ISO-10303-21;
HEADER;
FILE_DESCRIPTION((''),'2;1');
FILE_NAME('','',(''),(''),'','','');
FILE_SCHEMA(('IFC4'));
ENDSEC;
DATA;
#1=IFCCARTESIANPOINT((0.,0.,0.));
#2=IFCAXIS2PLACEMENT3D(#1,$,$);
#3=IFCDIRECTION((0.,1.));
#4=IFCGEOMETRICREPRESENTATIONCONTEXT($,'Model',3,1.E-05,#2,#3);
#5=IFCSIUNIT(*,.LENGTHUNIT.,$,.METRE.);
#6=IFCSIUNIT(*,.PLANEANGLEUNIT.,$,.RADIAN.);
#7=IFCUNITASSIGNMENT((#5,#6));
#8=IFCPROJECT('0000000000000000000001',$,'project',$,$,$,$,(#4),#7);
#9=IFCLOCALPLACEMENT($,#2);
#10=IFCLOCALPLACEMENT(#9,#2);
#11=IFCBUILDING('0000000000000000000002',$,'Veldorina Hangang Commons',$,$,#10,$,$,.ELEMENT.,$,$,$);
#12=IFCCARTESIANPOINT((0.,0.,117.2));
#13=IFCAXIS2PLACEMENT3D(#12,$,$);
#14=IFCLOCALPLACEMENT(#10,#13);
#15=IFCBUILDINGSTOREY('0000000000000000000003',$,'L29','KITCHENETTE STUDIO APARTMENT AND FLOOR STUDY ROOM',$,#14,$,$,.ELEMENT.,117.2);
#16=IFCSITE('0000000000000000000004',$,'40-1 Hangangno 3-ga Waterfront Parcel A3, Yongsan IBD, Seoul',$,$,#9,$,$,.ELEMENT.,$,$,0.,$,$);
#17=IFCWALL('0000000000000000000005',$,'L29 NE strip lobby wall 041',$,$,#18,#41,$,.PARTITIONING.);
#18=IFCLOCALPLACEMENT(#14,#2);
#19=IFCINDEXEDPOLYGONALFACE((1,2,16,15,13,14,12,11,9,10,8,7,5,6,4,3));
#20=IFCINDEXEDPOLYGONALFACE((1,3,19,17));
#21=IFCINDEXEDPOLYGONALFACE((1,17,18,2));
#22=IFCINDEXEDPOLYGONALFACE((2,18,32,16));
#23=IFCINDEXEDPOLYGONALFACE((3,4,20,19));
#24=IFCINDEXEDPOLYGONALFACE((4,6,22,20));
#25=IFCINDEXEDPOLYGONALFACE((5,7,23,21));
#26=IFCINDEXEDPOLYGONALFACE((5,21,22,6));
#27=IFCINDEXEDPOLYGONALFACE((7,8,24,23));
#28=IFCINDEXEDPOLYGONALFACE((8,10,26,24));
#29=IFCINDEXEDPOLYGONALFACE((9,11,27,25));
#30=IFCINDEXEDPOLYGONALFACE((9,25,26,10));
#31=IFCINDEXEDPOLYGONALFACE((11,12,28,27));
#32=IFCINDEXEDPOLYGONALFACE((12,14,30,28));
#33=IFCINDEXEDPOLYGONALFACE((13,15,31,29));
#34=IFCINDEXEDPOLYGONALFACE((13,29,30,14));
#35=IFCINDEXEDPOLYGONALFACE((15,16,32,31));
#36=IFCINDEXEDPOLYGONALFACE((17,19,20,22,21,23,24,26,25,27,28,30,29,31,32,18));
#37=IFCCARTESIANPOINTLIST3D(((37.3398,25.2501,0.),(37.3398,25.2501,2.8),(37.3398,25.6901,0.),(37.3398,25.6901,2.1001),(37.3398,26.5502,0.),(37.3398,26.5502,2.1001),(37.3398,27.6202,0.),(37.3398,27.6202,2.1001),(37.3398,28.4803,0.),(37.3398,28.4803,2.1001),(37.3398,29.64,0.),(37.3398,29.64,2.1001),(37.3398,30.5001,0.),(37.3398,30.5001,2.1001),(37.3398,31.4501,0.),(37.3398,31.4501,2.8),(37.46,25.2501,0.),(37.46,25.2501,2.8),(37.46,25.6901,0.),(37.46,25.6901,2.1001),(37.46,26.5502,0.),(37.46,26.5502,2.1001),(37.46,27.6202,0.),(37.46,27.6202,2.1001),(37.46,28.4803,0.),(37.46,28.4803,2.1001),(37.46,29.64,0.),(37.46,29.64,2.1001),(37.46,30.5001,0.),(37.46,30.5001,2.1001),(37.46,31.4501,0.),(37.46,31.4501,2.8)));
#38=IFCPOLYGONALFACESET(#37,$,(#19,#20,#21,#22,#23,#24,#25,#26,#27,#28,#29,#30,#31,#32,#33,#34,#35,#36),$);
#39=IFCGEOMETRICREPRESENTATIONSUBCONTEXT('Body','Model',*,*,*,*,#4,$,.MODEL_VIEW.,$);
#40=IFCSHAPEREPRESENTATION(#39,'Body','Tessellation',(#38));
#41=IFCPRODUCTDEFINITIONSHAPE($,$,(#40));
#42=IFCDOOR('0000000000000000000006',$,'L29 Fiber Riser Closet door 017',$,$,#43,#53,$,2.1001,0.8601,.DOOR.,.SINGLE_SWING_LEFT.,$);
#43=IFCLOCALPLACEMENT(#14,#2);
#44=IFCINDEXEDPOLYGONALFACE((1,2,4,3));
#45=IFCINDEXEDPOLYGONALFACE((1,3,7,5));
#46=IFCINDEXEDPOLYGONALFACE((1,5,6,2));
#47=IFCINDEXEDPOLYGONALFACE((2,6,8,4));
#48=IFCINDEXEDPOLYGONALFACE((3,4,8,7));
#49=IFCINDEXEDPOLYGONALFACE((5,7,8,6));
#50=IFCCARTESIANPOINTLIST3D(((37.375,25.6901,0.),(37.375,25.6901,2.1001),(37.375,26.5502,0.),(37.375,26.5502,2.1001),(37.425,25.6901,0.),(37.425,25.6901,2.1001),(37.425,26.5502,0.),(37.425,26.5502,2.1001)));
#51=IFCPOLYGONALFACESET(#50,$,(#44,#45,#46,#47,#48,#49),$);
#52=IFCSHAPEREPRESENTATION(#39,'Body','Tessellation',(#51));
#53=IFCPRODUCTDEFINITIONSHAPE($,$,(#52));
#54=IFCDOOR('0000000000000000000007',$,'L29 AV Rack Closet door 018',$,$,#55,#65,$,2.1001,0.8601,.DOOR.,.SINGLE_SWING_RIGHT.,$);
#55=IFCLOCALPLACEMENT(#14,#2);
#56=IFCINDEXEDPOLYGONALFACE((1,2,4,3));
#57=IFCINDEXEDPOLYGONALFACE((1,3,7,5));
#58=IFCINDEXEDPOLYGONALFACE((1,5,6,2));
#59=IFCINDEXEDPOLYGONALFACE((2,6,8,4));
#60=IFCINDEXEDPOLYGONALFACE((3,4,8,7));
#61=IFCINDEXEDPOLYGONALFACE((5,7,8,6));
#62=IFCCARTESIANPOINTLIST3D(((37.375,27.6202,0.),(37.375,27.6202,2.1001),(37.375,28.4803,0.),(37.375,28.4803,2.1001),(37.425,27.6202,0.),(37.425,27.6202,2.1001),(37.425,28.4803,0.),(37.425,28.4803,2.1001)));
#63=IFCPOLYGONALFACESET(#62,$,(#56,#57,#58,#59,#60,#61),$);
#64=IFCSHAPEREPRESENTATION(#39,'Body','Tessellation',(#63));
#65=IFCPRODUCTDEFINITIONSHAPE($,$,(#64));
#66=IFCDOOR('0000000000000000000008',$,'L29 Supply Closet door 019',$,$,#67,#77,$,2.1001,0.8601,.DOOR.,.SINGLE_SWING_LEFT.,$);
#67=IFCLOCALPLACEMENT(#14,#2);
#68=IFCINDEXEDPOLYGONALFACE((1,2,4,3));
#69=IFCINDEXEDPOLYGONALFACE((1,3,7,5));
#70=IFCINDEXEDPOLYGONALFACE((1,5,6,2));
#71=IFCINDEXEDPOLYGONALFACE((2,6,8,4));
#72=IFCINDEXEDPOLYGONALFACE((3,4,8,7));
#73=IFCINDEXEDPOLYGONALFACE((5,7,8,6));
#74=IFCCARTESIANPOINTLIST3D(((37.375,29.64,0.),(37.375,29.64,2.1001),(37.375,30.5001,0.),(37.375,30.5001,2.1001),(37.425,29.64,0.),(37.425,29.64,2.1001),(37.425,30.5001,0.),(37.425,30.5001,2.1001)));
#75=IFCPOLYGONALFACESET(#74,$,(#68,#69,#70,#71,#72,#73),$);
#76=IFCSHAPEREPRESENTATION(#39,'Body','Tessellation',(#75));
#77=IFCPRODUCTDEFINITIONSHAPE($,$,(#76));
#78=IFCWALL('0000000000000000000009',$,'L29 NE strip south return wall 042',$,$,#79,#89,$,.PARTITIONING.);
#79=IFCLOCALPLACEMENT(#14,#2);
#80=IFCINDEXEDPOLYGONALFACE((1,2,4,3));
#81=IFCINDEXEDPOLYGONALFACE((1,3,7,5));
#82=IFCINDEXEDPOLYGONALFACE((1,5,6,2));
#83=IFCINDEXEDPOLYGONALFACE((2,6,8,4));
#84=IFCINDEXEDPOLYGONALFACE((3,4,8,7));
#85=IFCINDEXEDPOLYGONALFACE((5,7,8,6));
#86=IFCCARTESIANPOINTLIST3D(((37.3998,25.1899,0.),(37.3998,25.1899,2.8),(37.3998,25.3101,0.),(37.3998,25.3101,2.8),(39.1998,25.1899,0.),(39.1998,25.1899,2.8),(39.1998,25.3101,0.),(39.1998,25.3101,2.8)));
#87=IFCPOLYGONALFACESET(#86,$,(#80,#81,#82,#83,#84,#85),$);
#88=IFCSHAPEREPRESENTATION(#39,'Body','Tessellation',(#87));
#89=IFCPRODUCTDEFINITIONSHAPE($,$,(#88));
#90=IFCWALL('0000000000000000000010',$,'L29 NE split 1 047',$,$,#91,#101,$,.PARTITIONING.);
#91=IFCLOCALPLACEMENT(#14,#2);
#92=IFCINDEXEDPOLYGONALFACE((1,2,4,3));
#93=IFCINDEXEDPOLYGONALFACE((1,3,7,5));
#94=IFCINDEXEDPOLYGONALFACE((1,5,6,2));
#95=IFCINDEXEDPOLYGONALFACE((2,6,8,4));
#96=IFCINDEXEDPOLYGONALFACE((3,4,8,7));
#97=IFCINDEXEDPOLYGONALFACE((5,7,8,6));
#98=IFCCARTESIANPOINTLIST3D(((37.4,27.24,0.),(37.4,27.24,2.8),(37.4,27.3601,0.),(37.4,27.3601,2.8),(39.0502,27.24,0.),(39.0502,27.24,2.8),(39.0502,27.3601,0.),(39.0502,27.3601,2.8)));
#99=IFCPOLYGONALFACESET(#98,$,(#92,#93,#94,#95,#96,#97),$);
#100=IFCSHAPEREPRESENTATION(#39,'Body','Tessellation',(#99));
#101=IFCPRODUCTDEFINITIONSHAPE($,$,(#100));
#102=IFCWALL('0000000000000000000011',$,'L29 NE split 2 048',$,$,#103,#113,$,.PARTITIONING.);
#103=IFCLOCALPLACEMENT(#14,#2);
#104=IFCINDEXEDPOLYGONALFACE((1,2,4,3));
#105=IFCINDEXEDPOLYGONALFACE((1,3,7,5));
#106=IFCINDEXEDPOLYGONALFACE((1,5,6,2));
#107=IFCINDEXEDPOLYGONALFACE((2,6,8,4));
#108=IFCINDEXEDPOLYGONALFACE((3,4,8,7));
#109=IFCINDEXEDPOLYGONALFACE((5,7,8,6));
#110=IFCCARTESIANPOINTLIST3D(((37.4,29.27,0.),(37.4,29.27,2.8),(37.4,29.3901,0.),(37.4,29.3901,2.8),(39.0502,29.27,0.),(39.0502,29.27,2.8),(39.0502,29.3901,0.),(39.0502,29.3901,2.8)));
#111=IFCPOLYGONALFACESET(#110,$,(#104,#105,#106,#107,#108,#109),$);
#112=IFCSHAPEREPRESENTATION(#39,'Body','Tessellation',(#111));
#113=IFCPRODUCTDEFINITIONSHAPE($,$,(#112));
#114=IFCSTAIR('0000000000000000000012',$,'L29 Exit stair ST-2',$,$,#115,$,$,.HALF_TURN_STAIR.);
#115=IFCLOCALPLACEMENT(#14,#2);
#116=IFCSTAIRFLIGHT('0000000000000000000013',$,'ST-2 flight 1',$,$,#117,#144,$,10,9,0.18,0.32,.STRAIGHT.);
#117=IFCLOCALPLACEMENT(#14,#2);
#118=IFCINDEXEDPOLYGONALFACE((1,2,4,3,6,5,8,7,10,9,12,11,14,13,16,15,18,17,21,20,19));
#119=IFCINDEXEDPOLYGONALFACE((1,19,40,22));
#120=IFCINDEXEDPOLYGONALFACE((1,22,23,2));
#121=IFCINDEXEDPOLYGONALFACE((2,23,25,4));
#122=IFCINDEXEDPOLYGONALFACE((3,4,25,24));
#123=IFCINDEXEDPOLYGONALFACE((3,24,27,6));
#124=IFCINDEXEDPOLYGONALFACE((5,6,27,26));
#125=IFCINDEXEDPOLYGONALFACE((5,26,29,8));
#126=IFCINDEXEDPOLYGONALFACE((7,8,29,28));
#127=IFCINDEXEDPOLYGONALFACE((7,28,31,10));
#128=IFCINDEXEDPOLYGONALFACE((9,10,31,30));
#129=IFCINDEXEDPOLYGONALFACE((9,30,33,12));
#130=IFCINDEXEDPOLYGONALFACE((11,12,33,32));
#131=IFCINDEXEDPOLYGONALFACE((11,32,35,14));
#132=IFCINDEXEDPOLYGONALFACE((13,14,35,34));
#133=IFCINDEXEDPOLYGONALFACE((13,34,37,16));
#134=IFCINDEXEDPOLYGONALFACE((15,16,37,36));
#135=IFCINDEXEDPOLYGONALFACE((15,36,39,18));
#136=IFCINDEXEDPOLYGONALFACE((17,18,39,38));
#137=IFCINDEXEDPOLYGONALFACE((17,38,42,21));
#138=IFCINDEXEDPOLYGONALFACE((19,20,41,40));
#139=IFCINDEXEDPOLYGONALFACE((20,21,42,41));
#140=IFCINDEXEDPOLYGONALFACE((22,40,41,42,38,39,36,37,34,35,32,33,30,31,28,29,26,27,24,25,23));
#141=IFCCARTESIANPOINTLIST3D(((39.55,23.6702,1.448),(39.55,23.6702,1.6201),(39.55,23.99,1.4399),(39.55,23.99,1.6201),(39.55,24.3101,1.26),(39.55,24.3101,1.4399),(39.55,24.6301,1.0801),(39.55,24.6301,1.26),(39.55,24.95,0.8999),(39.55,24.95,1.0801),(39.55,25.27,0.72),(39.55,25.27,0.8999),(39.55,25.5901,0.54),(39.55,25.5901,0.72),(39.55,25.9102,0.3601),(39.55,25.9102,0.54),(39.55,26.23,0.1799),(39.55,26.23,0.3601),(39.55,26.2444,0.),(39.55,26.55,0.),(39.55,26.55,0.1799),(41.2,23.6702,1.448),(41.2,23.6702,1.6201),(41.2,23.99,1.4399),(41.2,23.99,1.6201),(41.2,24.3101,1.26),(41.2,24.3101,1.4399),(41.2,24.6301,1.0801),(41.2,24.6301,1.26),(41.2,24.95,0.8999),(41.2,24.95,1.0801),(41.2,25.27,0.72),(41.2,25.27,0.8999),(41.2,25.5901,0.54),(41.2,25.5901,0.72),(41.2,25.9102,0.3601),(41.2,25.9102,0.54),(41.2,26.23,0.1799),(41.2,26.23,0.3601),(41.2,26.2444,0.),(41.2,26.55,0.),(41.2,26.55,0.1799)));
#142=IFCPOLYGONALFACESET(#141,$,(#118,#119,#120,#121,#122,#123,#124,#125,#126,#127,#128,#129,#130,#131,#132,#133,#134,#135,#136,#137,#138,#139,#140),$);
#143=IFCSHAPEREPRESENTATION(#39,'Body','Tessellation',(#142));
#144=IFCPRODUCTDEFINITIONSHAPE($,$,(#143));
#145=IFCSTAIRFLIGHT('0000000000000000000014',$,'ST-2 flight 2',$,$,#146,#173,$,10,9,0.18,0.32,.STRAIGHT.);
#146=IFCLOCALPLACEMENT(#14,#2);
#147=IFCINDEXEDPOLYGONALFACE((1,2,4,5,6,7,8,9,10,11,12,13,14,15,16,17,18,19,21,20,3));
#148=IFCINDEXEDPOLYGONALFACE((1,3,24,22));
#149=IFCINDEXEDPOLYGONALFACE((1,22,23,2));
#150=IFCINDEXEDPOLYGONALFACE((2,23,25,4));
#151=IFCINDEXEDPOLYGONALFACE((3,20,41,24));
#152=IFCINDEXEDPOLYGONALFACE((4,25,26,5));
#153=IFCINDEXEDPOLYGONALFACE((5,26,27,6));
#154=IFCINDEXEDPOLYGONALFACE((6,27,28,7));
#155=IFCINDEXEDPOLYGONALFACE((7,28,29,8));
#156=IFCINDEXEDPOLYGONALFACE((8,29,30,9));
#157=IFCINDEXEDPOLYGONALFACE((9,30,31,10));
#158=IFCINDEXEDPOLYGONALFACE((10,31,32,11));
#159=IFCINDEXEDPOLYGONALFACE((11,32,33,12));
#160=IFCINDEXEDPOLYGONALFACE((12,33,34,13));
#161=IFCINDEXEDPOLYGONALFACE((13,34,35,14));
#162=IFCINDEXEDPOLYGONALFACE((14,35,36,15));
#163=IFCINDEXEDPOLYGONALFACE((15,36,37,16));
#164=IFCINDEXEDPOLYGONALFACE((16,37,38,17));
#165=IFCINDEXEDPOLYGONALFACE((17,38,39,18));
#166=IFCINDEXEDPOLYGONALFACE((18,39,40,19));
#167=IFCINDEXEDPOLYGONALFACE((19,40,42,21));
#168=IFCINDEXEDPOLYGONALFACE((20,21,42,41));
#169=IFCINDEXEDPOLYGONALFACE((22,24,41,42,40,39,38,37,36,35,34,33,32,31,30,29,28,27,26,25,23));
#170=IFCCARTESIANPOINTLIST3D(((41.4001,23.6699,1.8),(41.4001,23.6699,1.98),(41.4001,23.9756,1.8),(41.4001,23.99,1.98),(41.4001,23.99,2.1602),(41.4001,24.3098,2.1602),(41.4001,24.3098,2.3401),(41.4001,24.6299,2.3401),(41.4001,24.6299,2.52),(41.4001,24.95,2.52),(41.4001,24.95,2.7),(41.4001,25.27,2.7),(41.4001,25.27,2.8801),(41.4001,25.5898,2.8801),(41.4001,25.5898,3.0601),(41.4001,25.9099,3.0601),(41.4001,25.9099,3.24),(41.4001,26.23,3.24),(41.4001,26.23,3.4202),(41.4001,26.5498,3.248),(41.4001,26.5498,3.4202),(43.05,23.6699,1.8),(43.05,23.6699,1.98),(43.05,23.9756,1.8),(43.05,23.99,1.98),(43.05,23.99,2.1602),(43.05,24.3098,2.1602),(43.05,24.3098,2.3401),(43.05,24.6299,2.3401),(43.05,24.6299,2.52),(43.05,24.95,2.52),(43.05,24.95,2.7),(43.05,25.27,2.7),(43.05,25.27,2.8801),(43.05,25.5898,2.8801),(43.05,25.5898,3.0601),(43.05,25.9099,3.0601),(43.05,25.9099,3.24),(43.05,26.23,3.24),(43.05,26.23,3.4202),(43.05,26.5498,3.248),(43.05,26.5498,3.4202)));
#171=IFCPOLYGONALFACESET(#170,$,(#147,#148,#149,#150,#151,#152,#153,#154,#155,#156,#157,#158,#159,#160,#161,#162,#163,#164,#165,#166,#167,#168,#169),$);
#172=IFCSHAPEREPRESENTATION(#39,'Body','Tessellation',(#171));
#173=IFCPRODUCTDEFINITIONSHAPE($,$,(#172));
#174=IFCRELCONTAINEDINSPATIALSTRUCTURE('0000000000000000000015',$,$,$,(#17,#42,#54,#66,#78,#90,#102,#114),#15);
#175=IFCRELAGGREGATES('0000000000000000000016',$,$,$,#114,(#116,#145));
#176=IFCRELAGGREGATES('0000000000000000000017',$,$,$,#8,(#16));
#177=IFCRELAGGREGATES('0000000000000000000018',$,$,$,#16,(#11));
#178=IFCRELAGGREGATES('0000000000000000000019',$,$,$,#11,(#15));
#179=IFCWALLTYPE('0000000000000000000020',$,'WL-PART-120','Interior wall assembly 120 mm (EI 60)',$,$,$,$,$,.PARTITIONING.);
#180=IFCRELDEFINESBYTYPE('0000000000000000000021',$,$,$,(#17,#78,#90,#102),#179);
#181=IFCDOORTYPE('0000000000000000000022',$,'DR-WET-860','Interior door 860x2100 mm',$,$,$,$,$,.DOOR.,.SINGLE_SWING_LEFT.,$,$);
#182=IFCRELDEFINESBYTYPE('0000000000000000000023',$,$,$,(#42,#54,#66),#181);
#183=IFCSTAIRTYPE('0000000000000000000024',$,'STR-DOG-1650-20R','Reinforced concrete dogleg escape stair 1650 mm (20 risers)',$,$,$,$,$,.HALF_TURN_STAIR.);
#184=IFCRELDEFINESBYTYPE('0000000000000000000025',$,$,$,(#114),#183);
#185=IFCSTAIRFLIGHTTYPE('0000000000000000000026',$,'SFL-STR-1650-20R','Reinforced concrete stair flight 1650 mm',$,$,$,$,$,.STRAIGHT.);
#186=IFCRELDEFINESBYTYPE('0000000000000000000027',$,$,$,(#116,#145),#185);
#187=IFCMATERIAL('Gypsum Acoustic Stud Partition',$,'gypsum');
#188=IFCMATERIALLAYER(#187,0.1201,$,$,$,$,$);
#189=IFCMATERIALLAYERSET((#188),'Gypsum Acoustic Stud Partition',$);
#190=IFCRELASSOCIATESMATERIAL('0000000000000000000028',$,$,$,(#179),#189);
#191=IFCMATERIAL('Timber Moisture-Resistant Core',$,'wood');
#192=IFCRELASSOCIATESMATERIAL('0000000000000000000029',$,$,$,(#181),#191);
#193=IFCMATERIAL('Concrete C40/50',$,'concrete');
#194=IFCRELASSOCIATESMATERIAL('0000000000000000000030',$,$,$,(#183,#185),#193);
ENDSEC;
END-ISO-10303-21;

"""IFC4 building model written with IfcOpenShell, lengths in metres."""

from ifc_helpers import new_model, si_unit, direction, frame, frame_2d, origin, place, context, subcontext, project, spatial, polyline, rectangle, outline, extrude, material, layer, layer_set, type_object, element, fill, aggregate, save


model = new_model("IFC4")

# Units and contexts
model_context = context("Model", 3, precision=1e-05, world=origin(), true_north=direction((0.0, 1.0)))
body_context = subcontext(model_context, "Body", "Model", "MODEL_VIEW")
ifc_project = project(units=[si_unit("LENGTHUNIT", "METRE"), si_unit("PLANEANGLEUNIT", "RADIAN")], contexts=[model_context])

# Site, building, storey
site_placement = place(None, origin())
site = spatial("IfcSite", under=ifc_project, at=site_placement, Name="40-1 Hangangno 3-ga Waterfront Parcel A3, Yongsan IBD, Seoul", CompositionType="ELEMENT", RefElevation=0.0)
building_placement = place(site_placement, origin())
building = spatial("IfcBuilding", under=site, at=building_placement, Name="Veldorina Hangang Commons", CompositionType="ELEMENT")
storey_placement = place(building_placement, frame((0.0, 0.0, 117.2)))
storey = spatial("IfcBuildingStorey", under=building, at=storey_placement, Name="L29", Description="KITCHENETTE STUDIO APARTMENT AND FLOOR STUDY ROOM", CompositionType="ELEMENT", Elevation=117.2)

# Shared definitions
ifc_material_1 = material(Name="Gypsum Acoustic Stud Partition", Category="gypsum")
ifc_layer_1 = layer(ifc_material_1, 0.1201)
ifc_layer_set_1 = layer_set([ifc_layer_1], Name="Gypsum Acoustic Stud Partition")
wall_type_1 = type_object("IfcWallType", Name="WL-PART-120", Description="Interior wall assembly 120 mm (EI 60)", PredefinedType="PARTITIONING", material=ifc_layer_set_1)

# Wall, openings, doors
wall_1_placement = place(storey_placement, frame((37.3999, 25.25, 0.0), z_axis=(0.0, 0.0, 1.0), x_axis=(0.0, 1.0, 0.0)))
wall_1 = element("IfcWall", 1, at=wall_1_placement, inside=storey, type_object=wall_type_1, Name="L29 NE strip lobby wall 041", PredefinedType="PARTITIONING", context=body_context, shape_type="SweptSolid", body=[
    extrude(rectangle(XDim=6.2, YDim=0.1201, at=frame_2d((3.1001, 0.0))), origin(), (0.0, 0.0, 1.0), 2.8),
])
opening_1_placement = place(wall_1_placement, frame((0.4399, 0.0, 0.0)))
opening_1 = element("IfcOpeningElement", 2, at=opening_1_placement, cuts=wall_1, PredefinedType="OPENING", context=body_context, shape_type="SweptSolid", body=[
    extrude(rectangle(XDim=0.8601, YDim=2.1001, at=frame_2d((0.4302, 1.05))), frame((0.0, 0.0701, 0.0), z_axis=(0.0, -1.0, 0.0), x_axis=(1.0, 0.0, 0.0)), (0.0, 0.0, 1.0), 0.1401),
])
opening_2_placement = place(wall_1_placement, frame((2.3701, 0.0, 0.0)))
opening_2 = element("IfcOpeningElement", 3, at=opening_2_placement, cuts=wall_1, PredefinedType="OPENING", context=body_context, shape_type="SweptSolid", body=[
    extrude(rectangle(XDim=0.8601, YDim=2.1001, at=frame_2d((0.4302, 1.05))), frame((0.0, 0.0701, 0.0), z_axis=(0.0, -1.0, 0.0), x_axis=(1.0, 0.0, 0.0)), (0.0, 0.0, 1.0), 0.1401),
])
opening_3_placement = place(wall_1_placement, frame((4.3899, 0.0, 0.0)))
opening_3 = element("IfcOpeningElement", 4, at=opening_3_placement, cuts=wall_1, PredefinedType="OPENING", context=body_context, shape_type="SweptSolid", body=[
    extrude(rectangle(XDim=0.8601, YDim=2.1001, at=frame_2d((0.4302, 1.05))), frame((0.0, 0.0701, 0.0), z_axis=(0.0, -1.0, 0.0), x_axis=(1.0, 0.0, 0.0)), (0.0, 0.0, 1.0), 0.1401),
])
ifc_material_2 = material(Name="Timber Moisture-Resistant Core", Category="wood")
door_type_1 = type_object("IfcDoorType", Name="DR-WET-860", Description="Interior door 860x2100 mm", OperationType="SINGLE_SWING_LEFT", PredefinedType="DOOR", material=ifc_material_2)
door_1_placement = place(opening_1_placement, origin())
door_1 = element("IfcDoor", 5, at=door_1_placement, inside=storey, type_object=door_type_1, Name="L29 Fiber Riser Closet door 017", OperationType="SINGLE_SWING_LEFT", OverallHeight=2.1001, OverallWidth=0.8601, PredefinedType="DOOR", context=body_context, shape_type="SweptSolid", body=[
    extrude(rectangle(XDim=0.8601, YDim=2.1001, at=frame_2d((0.4302, 1.05))), frame((0.0, 0.0249, 0.0), z_axis=(0.0, -1.0, 0.0), x_axis=(1.0, 0.0, 0.0)), (0.0, 0.0, 1.0), 0.05),
])
fill(opening_1, door_1)
door_2_placement = place(opening_2_placement, origin())
door_2 = element("IfcDoor", 6, at=door_2_placement, inside=storey, type_object=door_type_1, Name="L29 AV Rack Closet door 018", OperationType="SINGLE_SWING_RIGHT", OverallHeight=2.1001, OverallWidth=0.8601, PredefinedType="DOOR", context=body_context, shape_type="SweptSolid", body=[
    extrude(rectangle(XDim=0.8601, YDim=2.1001, at=frame_2d((0.4302, 1.05))), frame((0.0, 0.0249, 0.0), z_axis=(0.0, -1.0, 0.0), x_axis=(1.0, 0.0, 0.0)), (0.0, 0.0, 1.0), 0.05),
])
fill(opening_2, door_2)
door_3_placement = place(opening_3_placement, origin())
door_3 = element("IfcDoor", 7, at=door_3_placement, inside=storey, type_object=door_type_1, Name="L29 Supply Closet door 019", OperationType="SINGLE_SWING_LEFT", OverallHeight=2.1001, OverallWidth=0.8601, PredefinedType="DOOR", context=body_context, shape_type="SweptSolid", body=[
    extrude(rectangle(XDim=0.8601, YDim=2.1001, at=frame_2d((0.4302, 1.05))), frame((0.0, 0.0249, 0.0), z_axis=(0.0, -1.0, 0.0), x_axis=(1.0, 0.0, 0.0)), (0.0, 0.0, 1.0), 0.05),
])
fill(opening_3, door_3)

# Walls
wall_2_placement = place(storey_placement, frame((37.3999, 25.25, 0.0), z_axis=(0.0, 0.0, 1.0), x_axis=(1.0, 0.0, 0.0)))
element("IfcWall", 8, at=wall_2_placement, inside=storey, type_object=wall_type_1, Name="L29 NE strip south return wall 042", PredefinedType="PARTITIONING", context=body_context, shape_type="SweptSolid", body=[
    extrude(rectangle(XDim=1.8, YDim=0.1201, at=frame_2d((0.8999, 0.0))), origin(), (0.0, 0.0, 1.0), 2.8),
])
for number, where, z_axis, x_axis, name in (
    (9, (37.3999, 27.3, 0.0), (0.0, 0.0, 1.0), (1.0, 0.0, 0.0), "L29 NE split 1 047"),
    (10, (37.3999, 29.3301, 0.0), (0.0, 0.0, 1.0), (1.0, 0.0, 0.0), "L29 NE split 2 048"),
):
    element("IfcWall", number, at=place(storey_placement, frame(where, z_axis=z_axis, x_axis=x_axis)), inside=storey, type_object=wall_type_1, Name=name, PredefinedType="PARTITIONING", context=body_context, shape_type="SweptSolid", body=[
        extrude(rectangle(XDim=1.6501, YDim=0.1201, at=frame_2d((0.8252, 0.0))), origin(), (0.0, 0.0, 1.0), 2.8),
    ])

# Stair, stair flights
ifc_material_3 = material(Name="Concrete C40/50", Category="concrete")
stair_type = type_object("IfcStairType", Name="STR-DOG-1650-20R", Description="Reinforced concrete dogleg escape stair 1650 mm (20 risers)", PredefinedType="HALF_TURN_STAIR", material=ifc_material_3)
stair_placement = place(storey_placement, origin())
stair = element("IfcStair", 11, at=stair_placement, inside=storey, type_object=stair_type, Name="L29 Exit stair ST-2", PredefinedType="HALF_TURN_STAIR")
stair_flight_type = type_object("IfcStairFlightType", Name="SFL-STR-1650-20R", Description="Reinforced concrete stair flight 1650 mm", PredefinedType="STRAIGHT", material=ifc_material_3)
stair_flight_1_placement = place(storey_placement, frame((40.375, 26.55, 0.0), z_axis=(0.0, 0.0, 1.0), x_axis=(0.0, -1.0, 0.0)))
stair_flight_1 = element("IfcStairFlight", 12, at=stair_flight_1_placement, type_object=stair_flight_type, Name="ST-2 flight 1", NumberOfRisers=10, NumberOfTreads=9, PredefinedType="STRAIGHT", RiserHeight=0.18, TreadLength=0.32, context=body_context, shape_type="SweptSolid", body=[
    extrude(outline(polyline([(0.0, 0.0), (0.0, 0.1799), (0.3201, 0.1799), (0.3201, 0.3601), (0.6399, 0.3601), (0.6399, 0.54), (0.96, 0.54), (0.96, 0.72), (1.28, 0.72), (1.28, 0.8999), (1.6001, 0.8999), (1.6001, 1.0801), (1.9199, 1.0801), (1.9199, 1.26), (2.24, 1.26), (2.24, 1.4399), (2.5601, 1.4399), (2.5601, 1.6201), (2.8799, 1.6201), (2.8799, 1.8), (2.8799, 1.448), (0.3057, 0.0), (0.0, 0.0)])), frame((0.0, 0.825, 0.0), z_axis=(0.0, -1.0, 0.0), x_axis=(1.0, 0.0, 0.0)), (0.0, 0.0, 1.0), 1.6499),
])
stair_flight_2_placement = place(storey_placement, frame((42.2251, 23.6699, 1.8), z_axis=(0.0, 0.0, 1.0), x_axis=(0.0, 1.0, 0.0)))
stair_flight_2 = element("IfcStairFlight", 13, at=stair_flight_2_placement, type_object=stair_flight_type, Name="ST-2 flight 2", NumberOfRisers=10, NumberOfTreads=9, PredefinedType="STRAIGHT", RiserHeight=0.18, TreadLength=0.32, context=body_context, shape_type="SweptSolid", body=[
    extrude(outline(polyline([(0.0, 0.0), (0.0, 0.1799), (0.3201, 0.1799), (0.3201, 0.3601), (0.6399, 0.3601), (0.6399, 0.54), (0.96, 0.54), (0.96, 0.72), (1.28, 0.72), (1.28, 0.8999), (1.6001, 0.8999), (1.6001, 1.0801), (1.9199, 1.0801), (1.9199, 1.26), (2.24, 1.26), (2.24, 1.4399), (2.5601, 1.4399), (2.5601, 1.6201), (2.8799, 1.6201), (2.8799, 1.8), (2.8799, 1.448), (0.3057, 0.0), (0.0, 0.0)])), frame((0.0, 0.825, 0.0), z_axis=(0.0, -1.0, 0.0), x_axis=(1.0, 0.0, 0.0)), (0.0, 0.0, 1.0), 1.6499),
])
aggregate(stair, [stair_flight_1, stair_flight_2])

save(model, "model.ifc")
